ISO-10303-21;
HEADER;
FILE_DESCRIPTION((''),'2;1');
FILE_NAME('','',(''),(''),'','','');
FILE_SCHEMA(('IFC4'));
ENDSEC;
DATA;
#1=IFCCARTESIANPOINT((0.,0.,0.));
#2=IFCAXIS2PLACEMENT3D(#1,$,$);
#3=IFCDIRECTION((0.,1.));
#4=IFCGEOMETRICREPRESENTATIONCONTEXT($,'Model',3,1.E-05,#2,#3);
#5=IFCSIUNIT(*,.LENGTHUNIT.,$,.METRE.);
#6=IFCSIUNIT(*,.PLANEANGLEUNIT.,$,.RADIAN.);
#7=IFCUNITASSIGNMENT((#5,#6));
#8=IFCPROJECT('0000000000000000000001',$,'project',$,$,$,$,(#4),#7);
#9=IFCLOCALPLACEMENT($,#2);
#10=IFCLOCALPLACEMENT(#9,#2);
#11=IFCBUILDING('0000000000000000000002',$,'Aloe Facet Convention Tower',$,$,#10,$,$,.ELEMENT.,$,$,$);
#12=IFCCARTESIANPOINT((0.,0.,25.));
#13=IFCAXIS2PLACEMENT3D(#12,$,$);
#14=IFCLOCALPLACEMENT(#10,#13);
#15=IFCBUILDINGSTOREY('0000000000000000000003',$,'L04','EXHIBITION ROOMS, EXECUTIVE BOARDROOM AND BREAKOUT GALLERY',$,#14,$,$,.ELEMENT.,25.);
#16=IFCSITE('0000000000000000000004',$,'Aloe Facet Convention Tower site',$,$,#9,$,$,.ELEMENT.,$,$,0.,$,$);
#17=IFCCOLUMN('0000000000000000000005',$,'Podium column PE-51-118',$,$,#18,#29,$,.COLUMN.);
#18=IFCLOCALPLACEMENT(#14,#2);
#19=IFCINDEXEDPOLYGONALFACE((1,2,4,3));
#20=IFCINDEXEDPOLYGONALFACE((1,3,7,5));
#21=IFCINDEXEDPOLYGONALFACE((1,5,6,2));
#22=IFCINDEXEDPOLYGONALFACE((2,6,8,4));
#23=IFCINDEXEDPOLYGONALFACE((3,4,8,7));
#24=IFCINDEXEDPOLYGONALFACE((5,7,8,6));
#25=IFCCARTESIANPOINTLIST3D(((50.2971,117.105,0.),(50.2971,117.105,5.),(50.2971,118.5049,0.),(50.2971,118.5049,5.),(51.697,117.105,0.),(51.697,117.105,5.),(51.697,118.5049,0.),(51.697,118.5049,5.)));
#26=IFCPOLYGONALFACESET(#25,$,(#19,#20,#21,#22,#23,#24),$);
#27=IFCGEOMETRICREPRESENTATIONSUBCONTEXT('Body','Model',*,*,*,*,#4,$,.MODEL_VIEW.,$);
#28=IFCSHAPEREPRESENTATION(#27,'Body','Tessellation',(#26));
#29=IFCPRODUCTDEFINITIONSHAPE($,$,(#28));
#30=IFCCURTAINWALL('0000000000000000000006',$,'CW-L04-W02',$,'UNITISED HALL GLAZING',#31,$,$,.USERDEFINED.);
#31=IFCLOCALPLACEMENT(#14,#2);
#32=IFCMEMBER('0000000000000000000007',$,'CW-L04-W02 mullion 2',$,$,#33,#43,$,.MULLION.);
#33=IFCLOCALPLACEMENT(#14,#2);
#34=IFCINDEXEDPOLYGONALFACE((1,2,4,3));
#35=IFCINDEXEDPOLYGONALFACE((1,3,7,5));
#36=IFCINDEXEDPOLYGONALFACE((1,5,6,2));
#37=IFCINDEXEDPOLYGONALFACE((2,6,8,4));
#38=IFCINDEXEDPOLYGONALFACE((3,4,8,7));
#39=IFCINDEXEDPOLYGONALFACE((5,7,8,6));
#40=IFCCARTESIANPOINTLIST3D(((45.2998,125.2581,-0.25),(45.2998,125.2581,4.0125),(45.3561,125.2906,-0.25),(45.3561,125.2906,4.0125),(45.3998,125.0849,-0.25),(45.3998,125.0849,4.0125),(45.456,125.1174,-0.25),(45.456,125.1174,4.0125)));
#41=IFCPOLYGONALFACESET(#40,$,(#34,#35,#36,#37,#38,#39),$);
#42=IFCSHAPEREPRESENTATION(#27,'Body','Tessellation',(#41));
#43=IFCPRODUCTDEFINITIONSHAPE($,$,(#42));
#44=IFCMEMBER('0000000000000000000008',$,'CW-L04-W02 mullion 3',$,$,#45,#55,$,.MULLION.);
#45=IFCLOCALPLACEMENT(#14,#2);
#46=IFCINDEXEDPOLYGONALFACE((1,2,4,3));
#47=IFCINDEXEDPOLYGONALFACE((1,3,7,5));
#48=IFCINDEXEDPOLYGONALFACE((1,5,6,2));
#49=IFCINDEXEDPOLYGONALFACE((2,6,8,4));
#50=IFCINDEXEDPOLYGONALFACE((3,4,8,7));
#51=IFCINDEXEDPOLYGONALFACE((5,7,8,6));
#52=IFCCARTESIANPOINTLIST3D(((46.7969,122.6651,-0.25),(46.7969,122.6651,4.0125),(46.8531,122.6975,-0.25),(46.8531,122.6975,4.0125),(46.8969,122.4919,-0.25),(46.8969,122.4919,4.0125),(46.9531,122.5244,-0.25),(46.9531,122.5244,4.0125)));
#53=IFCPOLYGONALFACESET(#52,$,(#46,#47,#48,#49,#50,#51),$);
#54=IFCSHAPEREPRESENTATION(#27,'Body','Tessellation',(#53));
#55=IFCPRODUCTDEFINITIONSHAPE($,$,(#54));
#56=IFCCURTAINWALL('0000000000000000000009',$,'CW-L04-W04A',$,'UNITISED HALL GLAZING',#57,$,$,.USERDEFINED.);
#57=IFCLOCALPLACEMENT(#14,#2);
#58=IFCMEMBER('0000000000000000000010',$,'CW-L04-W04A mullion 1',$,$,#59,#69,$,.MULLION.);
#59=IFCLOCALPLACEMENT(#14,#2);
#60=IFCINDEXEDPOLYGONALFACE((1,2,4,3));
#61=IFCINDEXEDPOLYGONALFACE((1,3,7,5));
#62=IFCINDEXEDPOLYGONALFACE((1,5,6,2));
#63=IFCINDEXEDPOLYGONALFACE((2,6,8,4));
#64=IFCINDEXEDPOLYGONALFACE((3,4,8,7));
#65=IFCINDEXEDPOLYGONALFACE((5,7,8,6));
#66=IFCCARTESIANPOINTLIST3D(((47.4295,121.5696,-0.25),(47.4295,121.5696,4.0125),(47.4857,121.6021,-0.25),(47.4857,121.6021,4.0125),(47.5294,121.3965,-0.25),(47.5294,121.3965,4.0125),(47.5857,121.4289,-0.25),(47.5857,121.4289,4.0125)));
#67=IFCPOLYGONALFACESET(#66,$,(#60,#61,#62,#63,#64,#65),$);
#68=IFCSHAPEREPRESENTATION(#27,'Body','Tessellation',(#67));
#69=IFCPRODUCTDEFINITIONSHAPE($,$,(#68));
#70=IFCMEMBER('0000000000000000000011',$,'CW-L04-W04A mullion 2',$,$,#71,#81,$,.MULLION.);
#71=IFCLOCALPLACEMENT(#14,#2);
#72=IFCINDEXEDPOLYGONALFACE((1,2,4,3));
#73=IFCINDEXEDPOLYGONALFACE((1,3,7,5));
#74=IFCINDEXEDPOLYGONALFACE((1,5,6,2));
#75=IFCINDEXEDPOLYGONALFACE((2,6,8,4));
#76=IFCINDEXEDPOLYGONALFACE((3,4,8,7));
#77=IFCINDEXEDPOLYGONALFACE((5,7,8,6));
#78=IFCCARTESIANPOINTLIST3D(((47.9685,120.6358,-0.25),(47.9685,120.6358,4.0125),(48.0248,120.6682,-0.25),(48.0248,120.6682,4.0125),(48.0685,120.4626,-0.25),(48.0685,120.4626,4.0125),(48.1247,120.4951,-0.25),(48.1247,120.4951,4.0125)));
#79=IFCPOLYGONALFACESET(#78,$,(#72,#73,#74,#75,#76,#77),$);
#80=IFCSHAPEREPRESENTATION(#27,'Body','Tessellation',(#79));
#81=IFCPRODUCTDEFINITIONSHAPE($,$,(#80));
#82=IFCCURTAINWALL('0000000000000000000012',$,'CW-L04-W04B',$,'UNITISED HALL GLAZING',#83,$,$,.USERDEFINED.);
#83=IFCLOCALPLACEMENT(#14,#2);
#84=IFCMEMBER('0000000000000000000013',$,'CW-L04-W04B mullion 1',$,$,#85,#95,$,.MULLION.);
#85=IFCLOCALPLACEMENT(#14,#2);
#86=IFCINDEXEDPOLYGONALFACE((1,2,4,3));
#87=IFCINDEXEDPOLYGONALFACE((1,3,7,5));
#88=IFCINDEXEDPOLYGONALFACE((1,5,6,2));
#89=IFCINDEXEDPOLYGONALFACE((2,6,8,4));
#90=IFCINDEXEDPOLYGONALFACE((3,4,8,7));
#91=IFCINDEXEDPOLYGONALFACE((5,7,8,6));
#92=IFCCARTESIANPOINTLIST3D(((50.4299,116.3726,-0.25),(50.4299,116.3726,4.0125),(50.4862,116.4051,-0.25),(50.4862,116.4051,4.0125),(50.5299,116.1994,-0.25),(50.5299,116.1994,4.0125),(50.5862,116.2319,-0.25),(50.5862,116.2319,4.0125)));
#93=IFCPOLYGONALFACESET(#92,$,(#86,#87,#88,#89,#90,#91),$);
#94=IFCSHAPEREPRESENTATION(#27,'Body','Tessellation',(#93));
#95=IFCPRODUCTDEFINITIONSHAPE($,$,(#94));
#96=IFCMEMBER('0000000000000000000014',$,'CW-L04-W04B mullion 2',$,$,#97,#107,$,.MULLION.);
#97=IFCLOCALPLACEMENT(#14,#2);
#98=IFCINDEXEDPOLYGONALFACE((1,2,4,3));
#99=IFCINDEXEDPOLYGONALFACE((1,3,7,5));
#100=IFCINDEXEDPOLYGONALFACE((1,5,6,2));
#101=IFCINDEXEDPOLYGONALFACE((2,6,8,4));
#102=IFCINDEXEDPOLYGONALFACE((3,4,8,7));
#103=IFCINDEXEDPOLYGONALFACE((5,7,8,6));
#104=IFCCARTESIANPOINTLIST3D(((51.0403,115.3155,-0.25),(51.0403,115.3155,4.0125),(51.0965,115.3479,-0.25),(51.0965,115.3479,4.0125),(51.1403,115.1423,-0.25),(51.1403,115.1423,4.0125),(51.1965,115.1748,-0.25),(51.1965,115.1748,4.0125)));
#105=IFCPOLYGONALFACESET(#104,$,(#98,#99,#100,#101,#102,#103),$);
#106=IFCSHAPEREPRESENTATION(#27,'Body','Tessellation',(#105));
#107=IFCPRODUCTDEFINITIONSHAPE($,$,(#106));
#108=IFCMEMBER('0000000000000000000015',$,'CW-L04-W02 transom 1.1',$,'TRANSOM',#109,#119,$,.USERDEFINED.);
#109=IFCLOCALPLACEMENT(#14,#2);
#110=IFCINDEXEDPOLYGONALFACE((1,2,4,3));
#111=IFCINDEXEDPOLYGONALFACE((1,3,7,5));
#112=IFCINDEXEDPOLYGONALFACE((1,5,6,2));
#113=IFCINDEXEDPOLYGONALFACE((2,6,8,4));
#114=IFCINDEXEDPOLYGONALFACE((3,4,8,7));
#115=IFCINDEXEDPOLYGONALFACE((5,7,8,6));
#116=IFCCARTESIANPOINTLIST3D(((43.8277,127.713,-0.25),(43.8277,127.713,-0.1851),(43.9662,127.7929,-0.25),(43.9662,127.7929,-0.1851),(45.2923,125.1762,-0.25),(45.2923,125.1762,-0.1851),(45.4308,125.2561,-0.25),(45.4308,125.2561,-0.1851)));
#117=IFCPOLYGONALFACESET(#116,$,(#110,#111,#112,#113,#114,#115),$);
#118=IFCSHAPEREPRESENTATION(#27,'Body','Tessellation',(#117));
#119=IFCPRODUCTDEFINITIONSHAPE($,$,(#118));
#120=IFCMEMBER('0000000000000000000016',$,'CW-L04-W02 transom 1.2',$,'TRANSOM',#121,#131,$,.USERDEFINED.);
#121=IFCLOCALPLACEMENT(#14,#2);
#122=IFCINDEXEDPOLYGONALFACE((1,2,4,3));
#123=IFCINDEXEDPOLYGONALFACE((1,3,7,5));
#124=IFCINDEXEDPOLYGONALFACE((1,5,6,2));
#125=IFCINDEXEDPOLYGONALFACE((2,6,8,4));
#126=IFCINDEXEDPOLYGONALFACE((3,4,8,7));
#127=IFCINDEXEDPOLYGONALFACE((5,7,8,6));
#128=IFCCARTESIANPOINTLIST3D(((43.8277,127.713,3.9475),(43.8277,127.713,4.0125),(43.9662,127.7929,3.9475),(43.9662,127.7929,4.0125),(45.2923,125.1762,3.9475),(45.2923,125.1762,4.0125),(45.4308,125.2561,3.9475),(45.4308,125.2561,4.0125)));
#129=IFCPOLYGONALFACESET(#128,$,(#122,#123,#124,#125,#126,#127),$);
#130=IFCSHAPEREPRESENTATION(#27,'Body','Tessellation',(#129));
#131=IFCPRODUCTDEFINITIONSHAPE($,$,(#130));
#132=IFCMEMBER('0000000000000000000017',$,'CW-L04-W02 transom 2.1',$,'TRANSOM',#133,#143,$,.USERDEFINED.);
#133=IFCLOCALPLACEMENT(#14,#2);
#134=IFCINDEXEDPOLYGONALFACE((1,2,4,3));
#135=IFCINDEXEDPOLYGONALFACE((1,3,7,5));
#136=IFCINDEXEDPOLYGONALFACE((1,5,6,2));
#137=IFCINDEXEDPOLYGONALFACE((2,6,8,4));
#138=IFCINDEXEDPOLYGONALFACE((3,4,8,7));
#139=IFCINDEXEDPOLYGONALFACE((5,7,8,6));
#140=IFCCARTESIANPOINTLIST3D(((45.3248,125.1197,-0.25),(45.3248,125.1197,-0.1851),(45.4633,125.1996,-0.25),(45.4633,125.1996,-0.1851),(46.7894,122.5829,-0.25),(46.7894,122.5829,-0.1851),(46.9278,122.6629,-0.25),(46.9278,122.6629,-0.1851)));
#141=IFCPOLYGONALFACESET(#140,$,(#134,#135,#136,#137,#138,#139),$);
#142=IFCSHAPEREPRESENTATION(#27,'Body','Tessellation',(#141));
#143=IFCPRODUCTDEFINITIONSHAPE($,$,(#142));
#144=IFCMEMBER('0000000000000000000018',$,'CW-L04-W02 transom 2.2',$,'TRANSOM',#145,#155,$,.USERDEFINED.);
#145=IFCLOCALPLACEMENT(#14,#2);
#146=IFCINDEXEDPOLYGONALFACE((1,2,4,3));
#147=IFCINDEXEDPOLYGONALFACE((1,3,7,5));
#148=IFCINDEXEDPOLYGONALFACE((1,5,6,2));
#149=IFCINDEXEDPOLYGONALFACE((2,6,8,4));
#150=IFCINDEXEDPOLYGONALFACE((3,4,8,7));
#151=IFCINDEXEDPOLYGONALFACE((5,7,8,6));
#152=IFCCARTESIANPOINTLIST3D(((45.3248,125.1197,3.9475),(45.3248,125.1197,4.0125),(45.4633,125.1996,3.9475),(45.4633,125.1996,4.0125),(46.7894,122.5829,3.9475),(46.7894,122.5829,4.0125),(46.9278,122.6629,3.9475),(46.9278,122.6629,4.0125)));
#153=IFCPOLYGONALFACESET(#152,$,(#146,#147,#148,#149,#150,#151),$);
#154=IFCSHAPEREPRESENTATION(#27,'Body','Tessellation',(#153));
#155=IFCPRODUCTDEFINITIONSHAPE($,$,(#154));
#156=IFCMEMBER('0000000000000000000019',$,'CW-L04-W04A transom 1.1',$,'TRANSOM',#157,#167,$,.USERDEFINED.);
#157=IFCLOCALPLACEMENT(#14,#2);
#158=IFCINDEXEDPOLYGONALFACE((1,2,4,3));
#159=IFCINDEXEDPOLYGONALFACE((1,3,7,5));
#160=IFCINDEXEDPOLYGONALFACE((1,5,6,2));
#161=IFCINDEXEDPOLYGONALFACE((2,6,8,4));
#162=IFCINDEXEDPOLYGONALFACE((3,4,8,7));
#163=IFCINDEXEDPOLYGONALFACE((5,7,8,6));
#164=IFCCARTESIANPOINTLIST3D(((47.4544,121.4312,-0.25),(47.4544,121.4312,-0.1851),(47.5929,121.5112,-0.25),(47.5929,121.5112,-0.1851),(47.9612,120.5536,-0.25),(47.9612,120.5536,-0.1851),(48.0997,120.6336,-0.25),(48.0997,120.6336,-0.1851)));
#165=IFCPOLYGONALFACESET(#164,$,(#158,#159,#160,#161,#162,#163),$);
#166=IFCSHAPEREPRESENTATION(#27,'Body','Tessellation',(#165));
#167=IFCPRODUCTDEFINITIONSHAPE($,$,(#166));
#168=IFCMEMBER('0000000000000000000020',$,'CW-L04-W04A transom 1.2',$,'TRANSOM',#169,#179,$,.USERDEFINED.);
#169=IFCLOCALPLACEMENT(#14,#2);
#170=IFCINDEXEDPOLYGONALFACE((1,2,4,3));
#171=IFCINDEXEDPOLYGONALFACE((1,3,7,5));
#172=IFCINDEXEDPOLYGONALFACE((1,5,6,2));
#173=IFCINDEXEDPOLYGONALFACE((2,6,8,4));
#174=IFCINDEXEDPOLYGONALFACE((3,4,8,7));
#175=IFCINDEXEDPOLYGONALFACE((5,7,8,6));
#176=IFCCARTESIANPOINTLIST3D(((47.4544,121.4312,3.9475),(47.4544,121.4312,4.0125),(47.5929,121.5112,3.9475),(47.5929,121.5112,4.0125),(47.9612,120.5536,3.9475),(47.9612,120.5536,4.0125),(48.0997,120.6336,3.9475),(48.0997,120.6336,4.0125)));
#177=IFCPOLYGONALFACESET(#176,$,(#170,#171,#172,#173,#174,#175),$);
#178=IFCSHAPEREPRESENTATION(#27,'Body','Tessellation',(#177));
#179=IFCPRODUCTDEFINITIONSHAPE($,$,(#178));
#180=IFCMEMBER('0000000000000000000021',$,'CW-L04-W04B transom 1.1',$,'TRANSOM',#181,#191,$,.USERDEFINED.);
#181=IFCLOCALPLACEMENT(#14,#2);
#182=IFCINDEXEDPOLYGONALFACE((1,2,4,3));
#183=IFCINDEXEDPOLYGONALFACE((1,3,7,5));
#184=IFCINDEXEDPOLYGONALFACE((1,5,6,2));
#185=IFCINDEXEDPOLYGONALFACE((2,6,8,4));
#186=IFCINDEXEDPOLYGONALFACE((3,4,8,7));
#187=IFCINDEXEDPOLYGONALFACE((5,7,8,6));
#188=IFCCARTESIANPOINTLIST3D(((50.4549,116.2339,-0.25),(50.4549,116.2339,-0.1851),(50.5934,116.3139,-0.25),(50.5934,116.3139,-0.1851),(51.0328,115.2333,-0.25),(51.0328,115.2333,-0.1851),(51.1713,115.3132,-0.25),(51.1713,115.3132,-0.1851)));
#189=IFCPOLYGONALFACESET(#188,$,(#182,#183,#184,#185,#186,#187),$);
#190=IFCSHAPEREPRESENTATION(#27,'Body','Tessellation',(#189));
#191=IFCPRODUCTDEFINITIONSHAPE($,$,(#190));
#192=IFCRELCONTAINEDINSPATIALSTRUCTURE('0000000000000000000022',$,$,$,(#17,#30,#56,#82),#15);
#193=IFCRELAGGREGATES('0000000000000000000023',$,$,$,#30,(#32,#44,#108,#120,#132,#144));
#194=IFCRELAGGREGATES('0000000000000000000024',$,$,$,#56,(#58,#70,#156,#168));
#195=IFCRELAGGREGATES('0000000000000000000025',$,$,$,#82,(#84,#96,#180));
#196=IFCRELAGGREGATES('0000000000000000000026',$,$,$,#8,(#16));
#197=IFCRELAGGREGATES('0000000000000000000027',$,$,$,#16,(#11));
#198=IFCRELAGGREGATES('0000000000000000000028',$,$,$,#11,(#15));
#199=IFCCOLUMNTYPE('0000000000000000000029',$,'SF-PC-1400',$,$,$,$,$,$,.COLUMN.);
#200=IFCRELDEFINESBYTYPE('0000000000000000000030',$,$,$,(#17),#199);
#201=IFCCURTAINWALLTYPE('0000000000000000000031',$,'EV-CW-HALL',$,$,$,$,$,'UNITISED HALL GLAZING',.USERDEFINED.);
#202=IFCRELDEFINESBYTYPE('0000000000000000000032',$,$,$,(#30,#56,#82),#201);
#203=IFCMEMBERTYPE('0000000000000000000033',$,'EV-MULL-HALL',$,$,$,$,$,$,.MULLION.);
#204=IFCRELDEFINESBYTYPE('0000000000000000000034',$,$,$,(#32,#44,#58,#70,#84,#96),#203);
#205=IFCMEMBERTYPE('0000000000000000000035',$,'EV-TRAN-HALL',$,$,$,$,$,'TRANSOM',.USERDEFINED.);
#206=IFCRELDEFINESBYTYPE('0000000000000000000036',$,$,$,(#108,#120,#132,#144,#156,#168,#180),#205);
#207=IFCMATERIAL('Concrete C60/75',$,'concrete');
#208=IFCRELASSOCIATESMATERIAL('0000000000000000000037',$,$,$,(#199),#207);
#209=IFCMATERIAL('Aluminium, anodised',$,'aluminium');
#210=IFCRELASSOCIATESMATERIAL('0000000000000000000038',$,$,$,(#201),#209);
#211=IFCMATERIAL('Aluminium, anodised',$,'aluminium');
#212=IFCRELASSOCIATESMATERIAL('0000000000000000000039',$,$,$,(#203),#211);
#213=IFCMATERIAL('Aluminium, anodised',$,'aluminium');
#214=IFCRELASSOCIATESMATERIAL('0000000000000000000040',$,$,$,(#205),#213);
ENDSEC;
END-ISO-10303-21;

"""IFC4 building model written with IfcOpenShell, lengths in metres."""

from ifc_helpers import new_model, si_unit, direction, frame, origin, origin_2d, place, context, subcontext, project, spatial, rectangle, extrude, material, material_profile, profile_set, type_object, element, aggregate, save


model = new_model("IFC4")

# Units and contexts
model_context = context("Model", 3, precision=1e-05, world=origin(), true_north=direction((0.0, 1.0)))
body_context = subcontext(model_context, "Body", "Model", "MODEL_VIEW")
ifc_project = project(units=[si_unit("LENGTHUNIT", "METRE"), si_unit("PLANEANGLEUNIT", "RADIAN")], contexts=[model_context])

# Site, building, storey
site_placement = place(None, origin())
site = spatial("IfcSite", under=ifc_project, at=site_placement, Name="Aloe Facet Convention Tower site", CompositionType="ELEMENT", RefElevation=0.0)
building_placement = place(site_placement, origin())
building = spatial("IfcBuilding", under=site, at=building_placement, Name="Aloe Facet Convention Tower", CompositionType="ELEMENT")
storey_placement = place(building_placement, frame((0.0, 0.0, 25.0)))
storey = spatial("IfcBuildingStorey", under=building, at=storey_placement, Name="L04", Description="EXHIBITION ROOMS, EXECUTIVE BOARDROOM AND BREAKOUT GALLERY", CompositionType="ELEMENT", Elevation=25.0)

# Column
ifc_material_1 = material(Name="Concrete C60/75", Category="concrete")
ifc_material_profile_1 = material_profile(ifc_material_1, rectangle(XDim=1.3999, YDim=1.3999, at=origin_2d()), Name="SF-PC-1400")
ifc_profile_set_1 = profile_set([ifc_material_profile_1], Name="Concrete C60/75")
column_type = type_object("IfcColumnType", Name="SF-PC-1400", PredefinedType="COLUMN", material=ifc_profile_set_1)
column_placement = place(storey_placement, frame((50.9971, 117.8049, 0.0), z_axis=(0.0, 0.0, 1.0), x_axis=(1.0, 0.0, 0.0)))
element("IfcColumn", 1, at=column_placement, inside=storey, type_object=column_type, Name="Podium column PE-51-118", PredefinedType="COLUMN", context=body_context, shape_type="SweptSolid", body=[
    extrude(rectangle(XDim=1.3999, YDim=1.3999, at=origin_2d()), origin(), (0.0, 0.0, 1.0), 5.0),
])

# Curtain walls, members
ifc_material_2 = material(Name="Aluminium, anodised", Category="aluminium")
curtain_wall_type = type_object("IfcCurtainWallType", Name="EV-CW-HALL", ElementType="UNITISED HALL GLAZING", PredefinedType="USERDEFINED", material=ifc_material_2)
curtain_wall_1_placement = place(storey_placement, origin())
curtain_wall_1 = element("IfcCurtainWall", 2, at=curtain_wall_1_placement, inside=storey, type_object=curtain_wall_type, Name="CW-L04-W02", ObjectType="UNITISED HALL GLAZING", PredefinedType="USERDEFINED")
ifc_material_3 = material(Name="Aluminium, anodised", Category="aluminium")
ifc_material_profile_2 = material_profile(ifc_material_3, rectangle(XDim=0.0649, YDim=0.2, at=origin_2d()), Name="AL 65x200")
ifc_profile_set_2 = profile_set([ifc_material_profile_2], Name="Aluminium, anodised")
member_type_1 = type_object("IfcMemberType", Name="EV-MULL-HALL", PredefinedType="MULLION", material=ifc_profile_set_2)
member_1_placement = place(storey_placement, frame((45.3779, 125.1877, -0.25), z_axis=(0.0, 0.0, 1.0), x_axis=(0.866025, 0.5, 0.0)))
member_1 = element("IfcMember", 3, at=member_1_placement, type_object=member_type_1, Name="CW-L04-W02 mullion 2", PredefinedType="MULLION", context=body_context, shape_type="SweptSolid", body=[
    extrude(rectangle(XDim=0.0649, YDim=0.2, at=origin_2d()), origin(), (0.0, 0.0, 1.0), 4.2625),
])
member_2_placement = place(storey_placement, frame((46.875, 122.5947, -0.25), z_axis=(0.0, 0.0, 1.0), x_axis=(0.866025, 0.5, 0.0)))
member_2 = element("IfcMember", 4, at=member_2_placement, type_object=member_type_1, Name="CW-L04-W02 mullion 3", PredefinedType="MULLION", context=body_context, shape_type="SweptSolid", body=[
    extrude(rectangle(XDim=0.0649, YDim=0.2, at=origin_2d()), origin(), (0.0, 0.0, 1.0), 4.2625),
])
curtain_wall_2_placement = place(storey_placement, origin())
curtain_wall_2 = element("IfcCurtainWall", 5, at=curtain_wall_2_placement, inside=storey, type_object=curtain_wall_type, Name="CW-L04-W04A", ObjectType="UNITISED HALL GLAZING", PredefinedType="USERDEFINED")
member_3_placement = place(storey_placement, frame((47.5076, 121.4993, -0.25), z_axis=(0.0, 0.0, 1.0), x_axis=(0.866025, 0.5, 0.0)))
member_3 = element("IfcMember", 6, at=member_3_placement, type_object=member_type_1, Name="CW-L04-W04A mullion 1", PredefinedType="MULLION", context=body_context, shape_type="SweptSolid", body=[
    extrude(rectangle(XDim=0.0649, YDim=0.2, at=origin_2d()), origin(), (0.0, 0.0, 1.0), 4.2625),
])
member_4_placement = place(storey_placement, frame((48.0466, 120.5654, -0.25), z_axis=(0.0, 0.0, 1.0), x_axis=(0.866025, 0.5, 0.0)))
member_4 = element("IfcMember", 7, at=member_4_placement, type_object=member_type_1, Name="CW-L04-W04A mullion 2", PredefinedType="MULLION", context=body_context, shape_type="SweptSolid", body=[
    extrude(rectangle(XDim=0.0649, YDim=0.2, at=origin_2d()), origin(), (0.0, 0.0, 1.0), 4.2625),
])
curtain_wall_3_placement = place(storey_placement, origin())
curtain_wall_3 = element("IfcCurtainWall", 8, at=curtain_wall_3_placement, inside=storey, type_object=curtain_wall_type, Name="CW-L04-W04B", ObjectType="UNITISED HALL GLAZING", PredefinedType="USERDEFINED")
member_5_placement = place(storey_placement, frame((50.5081, 116.3022, -0.25), z_axis=(0.0, 0.0, 1.0), x_axis=(0.866025, 0.5, 0.0)))
member_5 = element("IfcMember", 9, at=member_5_placement, type_object=member_type_1, Name="CW-L04-W04B mullion 1", PredefinedType="MULLION", context=body_context, shape_type="SweptSolid", body=[
    extrude(rectangle(XDim=0.0649, YDim=0.2, at=origin_2d()), origin(), (0.0, 0.0, 1.0), 4.2625),
])
member_6_placement = place(storey_placement, frame((51.1184, 115.2451, -0.25), z_axis=(0.0, 0.0, 1.0), x_axis=(0.866025, 0.5, 0.0)))
member_6 = element("IfcMember", 10, at=member_6_placement, type_object=member_type_1, Name="CW-L04-W04B mullion 2", PredefinedType="MULLION", context=body_context, shape_type="SweptSolid", body=[
    extrude(rectangle(XDim=0.0649, YDim=0.2, at=origin_2d()), origin(), (0.0, 0.0, 1.0), 4.2625),
])

# Members
ifc_material_4 = material(Name="Aluminium, anodised", Category="aluminium")
ifc_material_profile_3 = material_profile(ifc_material_4, rectangle(XDim=0.1599, YDim=0.0649, at=origin_2d()), Name="AL 160x65")
ifc_profile_set_3 = profile_set([ifc_material_profile_3], Name="Aluminium, anodised")
member_type_2 = type_object("IfcMemberType", Name="EV-TRAN-HALL", ElementType="TRANSOM", PredefinedType="USERDEFINED", material=ifc_profile_set_3)
member_7_placement = place(storey_placement, frame((43.897, 127.7529, -0.2175), z_axis=(0.499985, -0.866034, 0.0), x_axis=(0.866034, 0.499985, 0.0)))
member_7 = element("IfcMember", 11, at=member_7_placement, type_object=member_type_2, Name="CW-L04-W02 transom 1.1", ObjectType="TRANSOM", PredefinedType="USERDEFINED", context=body_context, shape_type="SweptSolid", body=[
    extrude(rectangle(XDim=0.1599, YDim=0.0649, at=origin_2d()), origin(), (0.0, 0.0, 1.0), 2.9292),
])
member_8_placement = place(storey_placement, frame((43.897, 127.7529, 3.98), z_axis=(0.499985, -0.866034, 0.0), x_axis=(0.866034, 0.499985, 0.0)))
member_8 = element("IfcMember", 12, at=member_8_placement, type_object=member_type_2, Name="CW-L04-W02 transom 1.2", ObjectType="TRANSOM", PredefinedType="USERDEFINED", context=body_context, shape_type="SweptSolid", body=[
    extrude(rectangle(XDim=0.1599, YDim=0.0649, at=origin_2d()), origin(), (0.0, 0.0, 1.0), 2.9292),
])
member_9_placement = place(storey_placement, frame((45.394, 125.1597, -0.2175), z_axis=(0.499985, -0.866034, 0.0), x_axis=(0.866034, 0.499985, 0.0)))
member_9 = element("IfcMember", 13, at=member_9_placement, type_object=member_type_2, Name="CW-L04-W02 transom 2.1", ObjectType="TRANSOM", PredefinedType="USERDEFINED", context=body_context, shape_type="SweptSolid", body=[
    extrude(rectangle(XDim=0.1599, YDim=0.0649, at=origin_2d()), origin(), (0.0, 0.0, 1.0), 2.9292),
])
member_10_placement = place(storey_placement, frame((45.394, 125.1597, 3.98), z_axis=(0.499985, -0.866034, 0.0), x_axis=(0.866034, 0.499985, 0.0)))
member_10 = element("IfcMember", 14, at=member_10_placement, type_object=member_type_2, Name="CW-L04-W02 transom 2.2", ObjectType="TRANSOM", PredefinedType="USERDEFINED", context=body_context, shape_type="SweptSolid", body=[
    extrude(rectangle(XDim=0.1599, YDim=0.0649, at=origin_2d()), origin(), (0.0, 0.0, 1.0), 2.9292),
])
member_11_placement = place(storey_placement, frame((47.5237, 121.4712, -0.2175), z_axis=(0.500077, -0.865981, 0.0), x_axis=(0.865981, 0.500077, 0.0)))
member_11 = element("IfcMember", 15, at=member_11_placement, type_object=member_type_2, Name="CW-L04-W04A transom 1.1", ObjectType="TRANSOM", PredefinedType="USERDEFINED", context=body_context, shape_type="SweptSolid", body=[
    extrude(rectangle(XDim=0.1599, YDim=0.0649, at=origin_2d()), origin(), (0.0, 0.0, 1.0), 1.0134),
])
member_12_placement = place(storey_placement, frame((47.5237, 121.4712, 3.98), z_axis=(0.500077, -0.865981, 0.0), x_axis=(0.865981, 0.500077, 0.0)))
member_12 = element("IfcMember", 16, at=member_12_placement, type_object=member_type_2, Name="CW-L04-W04A transom 1.2", ObjectType="TRANSOM", PredefinedType="USERDEFINED", context=body_context, shape_type="SweptSolid", body=[
    extrude(rectangle(XDim=0.1599, YDim=0.0649, at=origin_2d()), origin(), (0.0, 0.0, 1.0), 1.0134),
])
member_13_placement = place(storey_placement, frame((50.5242, 116.2739, -0.2175), z_axis=(0.50007, -0.865985, 0.0), x_axis=(0.865985, 0.50007, 0.0)))
member_13 = element("IfcMember", 17, at=member_13_placement, type_object=member_type_2, Name="CW-L04-W04B transom 1.1", ObjectType="TRANSOM", PredefinedType="USERDEFINED", context=body_context, shape_type="SweptSolid", body=[
    extrude(rectangle(XDim=0.1599, YDim=0.0649, at=origin_2d()), origin(), (0.0, 0.0, 1.0), 1.1555),
])

aggregate(curtain_wall_1, [member_1, member_2, member_7, member_8, member_9, member_10])
aggregate(curtain_wall_2, [member_3, member_4, member_11, member_12])
aggregate(curtain_wall_3, [member_5, member_6, member_13])

save(model, "model.ifc")
